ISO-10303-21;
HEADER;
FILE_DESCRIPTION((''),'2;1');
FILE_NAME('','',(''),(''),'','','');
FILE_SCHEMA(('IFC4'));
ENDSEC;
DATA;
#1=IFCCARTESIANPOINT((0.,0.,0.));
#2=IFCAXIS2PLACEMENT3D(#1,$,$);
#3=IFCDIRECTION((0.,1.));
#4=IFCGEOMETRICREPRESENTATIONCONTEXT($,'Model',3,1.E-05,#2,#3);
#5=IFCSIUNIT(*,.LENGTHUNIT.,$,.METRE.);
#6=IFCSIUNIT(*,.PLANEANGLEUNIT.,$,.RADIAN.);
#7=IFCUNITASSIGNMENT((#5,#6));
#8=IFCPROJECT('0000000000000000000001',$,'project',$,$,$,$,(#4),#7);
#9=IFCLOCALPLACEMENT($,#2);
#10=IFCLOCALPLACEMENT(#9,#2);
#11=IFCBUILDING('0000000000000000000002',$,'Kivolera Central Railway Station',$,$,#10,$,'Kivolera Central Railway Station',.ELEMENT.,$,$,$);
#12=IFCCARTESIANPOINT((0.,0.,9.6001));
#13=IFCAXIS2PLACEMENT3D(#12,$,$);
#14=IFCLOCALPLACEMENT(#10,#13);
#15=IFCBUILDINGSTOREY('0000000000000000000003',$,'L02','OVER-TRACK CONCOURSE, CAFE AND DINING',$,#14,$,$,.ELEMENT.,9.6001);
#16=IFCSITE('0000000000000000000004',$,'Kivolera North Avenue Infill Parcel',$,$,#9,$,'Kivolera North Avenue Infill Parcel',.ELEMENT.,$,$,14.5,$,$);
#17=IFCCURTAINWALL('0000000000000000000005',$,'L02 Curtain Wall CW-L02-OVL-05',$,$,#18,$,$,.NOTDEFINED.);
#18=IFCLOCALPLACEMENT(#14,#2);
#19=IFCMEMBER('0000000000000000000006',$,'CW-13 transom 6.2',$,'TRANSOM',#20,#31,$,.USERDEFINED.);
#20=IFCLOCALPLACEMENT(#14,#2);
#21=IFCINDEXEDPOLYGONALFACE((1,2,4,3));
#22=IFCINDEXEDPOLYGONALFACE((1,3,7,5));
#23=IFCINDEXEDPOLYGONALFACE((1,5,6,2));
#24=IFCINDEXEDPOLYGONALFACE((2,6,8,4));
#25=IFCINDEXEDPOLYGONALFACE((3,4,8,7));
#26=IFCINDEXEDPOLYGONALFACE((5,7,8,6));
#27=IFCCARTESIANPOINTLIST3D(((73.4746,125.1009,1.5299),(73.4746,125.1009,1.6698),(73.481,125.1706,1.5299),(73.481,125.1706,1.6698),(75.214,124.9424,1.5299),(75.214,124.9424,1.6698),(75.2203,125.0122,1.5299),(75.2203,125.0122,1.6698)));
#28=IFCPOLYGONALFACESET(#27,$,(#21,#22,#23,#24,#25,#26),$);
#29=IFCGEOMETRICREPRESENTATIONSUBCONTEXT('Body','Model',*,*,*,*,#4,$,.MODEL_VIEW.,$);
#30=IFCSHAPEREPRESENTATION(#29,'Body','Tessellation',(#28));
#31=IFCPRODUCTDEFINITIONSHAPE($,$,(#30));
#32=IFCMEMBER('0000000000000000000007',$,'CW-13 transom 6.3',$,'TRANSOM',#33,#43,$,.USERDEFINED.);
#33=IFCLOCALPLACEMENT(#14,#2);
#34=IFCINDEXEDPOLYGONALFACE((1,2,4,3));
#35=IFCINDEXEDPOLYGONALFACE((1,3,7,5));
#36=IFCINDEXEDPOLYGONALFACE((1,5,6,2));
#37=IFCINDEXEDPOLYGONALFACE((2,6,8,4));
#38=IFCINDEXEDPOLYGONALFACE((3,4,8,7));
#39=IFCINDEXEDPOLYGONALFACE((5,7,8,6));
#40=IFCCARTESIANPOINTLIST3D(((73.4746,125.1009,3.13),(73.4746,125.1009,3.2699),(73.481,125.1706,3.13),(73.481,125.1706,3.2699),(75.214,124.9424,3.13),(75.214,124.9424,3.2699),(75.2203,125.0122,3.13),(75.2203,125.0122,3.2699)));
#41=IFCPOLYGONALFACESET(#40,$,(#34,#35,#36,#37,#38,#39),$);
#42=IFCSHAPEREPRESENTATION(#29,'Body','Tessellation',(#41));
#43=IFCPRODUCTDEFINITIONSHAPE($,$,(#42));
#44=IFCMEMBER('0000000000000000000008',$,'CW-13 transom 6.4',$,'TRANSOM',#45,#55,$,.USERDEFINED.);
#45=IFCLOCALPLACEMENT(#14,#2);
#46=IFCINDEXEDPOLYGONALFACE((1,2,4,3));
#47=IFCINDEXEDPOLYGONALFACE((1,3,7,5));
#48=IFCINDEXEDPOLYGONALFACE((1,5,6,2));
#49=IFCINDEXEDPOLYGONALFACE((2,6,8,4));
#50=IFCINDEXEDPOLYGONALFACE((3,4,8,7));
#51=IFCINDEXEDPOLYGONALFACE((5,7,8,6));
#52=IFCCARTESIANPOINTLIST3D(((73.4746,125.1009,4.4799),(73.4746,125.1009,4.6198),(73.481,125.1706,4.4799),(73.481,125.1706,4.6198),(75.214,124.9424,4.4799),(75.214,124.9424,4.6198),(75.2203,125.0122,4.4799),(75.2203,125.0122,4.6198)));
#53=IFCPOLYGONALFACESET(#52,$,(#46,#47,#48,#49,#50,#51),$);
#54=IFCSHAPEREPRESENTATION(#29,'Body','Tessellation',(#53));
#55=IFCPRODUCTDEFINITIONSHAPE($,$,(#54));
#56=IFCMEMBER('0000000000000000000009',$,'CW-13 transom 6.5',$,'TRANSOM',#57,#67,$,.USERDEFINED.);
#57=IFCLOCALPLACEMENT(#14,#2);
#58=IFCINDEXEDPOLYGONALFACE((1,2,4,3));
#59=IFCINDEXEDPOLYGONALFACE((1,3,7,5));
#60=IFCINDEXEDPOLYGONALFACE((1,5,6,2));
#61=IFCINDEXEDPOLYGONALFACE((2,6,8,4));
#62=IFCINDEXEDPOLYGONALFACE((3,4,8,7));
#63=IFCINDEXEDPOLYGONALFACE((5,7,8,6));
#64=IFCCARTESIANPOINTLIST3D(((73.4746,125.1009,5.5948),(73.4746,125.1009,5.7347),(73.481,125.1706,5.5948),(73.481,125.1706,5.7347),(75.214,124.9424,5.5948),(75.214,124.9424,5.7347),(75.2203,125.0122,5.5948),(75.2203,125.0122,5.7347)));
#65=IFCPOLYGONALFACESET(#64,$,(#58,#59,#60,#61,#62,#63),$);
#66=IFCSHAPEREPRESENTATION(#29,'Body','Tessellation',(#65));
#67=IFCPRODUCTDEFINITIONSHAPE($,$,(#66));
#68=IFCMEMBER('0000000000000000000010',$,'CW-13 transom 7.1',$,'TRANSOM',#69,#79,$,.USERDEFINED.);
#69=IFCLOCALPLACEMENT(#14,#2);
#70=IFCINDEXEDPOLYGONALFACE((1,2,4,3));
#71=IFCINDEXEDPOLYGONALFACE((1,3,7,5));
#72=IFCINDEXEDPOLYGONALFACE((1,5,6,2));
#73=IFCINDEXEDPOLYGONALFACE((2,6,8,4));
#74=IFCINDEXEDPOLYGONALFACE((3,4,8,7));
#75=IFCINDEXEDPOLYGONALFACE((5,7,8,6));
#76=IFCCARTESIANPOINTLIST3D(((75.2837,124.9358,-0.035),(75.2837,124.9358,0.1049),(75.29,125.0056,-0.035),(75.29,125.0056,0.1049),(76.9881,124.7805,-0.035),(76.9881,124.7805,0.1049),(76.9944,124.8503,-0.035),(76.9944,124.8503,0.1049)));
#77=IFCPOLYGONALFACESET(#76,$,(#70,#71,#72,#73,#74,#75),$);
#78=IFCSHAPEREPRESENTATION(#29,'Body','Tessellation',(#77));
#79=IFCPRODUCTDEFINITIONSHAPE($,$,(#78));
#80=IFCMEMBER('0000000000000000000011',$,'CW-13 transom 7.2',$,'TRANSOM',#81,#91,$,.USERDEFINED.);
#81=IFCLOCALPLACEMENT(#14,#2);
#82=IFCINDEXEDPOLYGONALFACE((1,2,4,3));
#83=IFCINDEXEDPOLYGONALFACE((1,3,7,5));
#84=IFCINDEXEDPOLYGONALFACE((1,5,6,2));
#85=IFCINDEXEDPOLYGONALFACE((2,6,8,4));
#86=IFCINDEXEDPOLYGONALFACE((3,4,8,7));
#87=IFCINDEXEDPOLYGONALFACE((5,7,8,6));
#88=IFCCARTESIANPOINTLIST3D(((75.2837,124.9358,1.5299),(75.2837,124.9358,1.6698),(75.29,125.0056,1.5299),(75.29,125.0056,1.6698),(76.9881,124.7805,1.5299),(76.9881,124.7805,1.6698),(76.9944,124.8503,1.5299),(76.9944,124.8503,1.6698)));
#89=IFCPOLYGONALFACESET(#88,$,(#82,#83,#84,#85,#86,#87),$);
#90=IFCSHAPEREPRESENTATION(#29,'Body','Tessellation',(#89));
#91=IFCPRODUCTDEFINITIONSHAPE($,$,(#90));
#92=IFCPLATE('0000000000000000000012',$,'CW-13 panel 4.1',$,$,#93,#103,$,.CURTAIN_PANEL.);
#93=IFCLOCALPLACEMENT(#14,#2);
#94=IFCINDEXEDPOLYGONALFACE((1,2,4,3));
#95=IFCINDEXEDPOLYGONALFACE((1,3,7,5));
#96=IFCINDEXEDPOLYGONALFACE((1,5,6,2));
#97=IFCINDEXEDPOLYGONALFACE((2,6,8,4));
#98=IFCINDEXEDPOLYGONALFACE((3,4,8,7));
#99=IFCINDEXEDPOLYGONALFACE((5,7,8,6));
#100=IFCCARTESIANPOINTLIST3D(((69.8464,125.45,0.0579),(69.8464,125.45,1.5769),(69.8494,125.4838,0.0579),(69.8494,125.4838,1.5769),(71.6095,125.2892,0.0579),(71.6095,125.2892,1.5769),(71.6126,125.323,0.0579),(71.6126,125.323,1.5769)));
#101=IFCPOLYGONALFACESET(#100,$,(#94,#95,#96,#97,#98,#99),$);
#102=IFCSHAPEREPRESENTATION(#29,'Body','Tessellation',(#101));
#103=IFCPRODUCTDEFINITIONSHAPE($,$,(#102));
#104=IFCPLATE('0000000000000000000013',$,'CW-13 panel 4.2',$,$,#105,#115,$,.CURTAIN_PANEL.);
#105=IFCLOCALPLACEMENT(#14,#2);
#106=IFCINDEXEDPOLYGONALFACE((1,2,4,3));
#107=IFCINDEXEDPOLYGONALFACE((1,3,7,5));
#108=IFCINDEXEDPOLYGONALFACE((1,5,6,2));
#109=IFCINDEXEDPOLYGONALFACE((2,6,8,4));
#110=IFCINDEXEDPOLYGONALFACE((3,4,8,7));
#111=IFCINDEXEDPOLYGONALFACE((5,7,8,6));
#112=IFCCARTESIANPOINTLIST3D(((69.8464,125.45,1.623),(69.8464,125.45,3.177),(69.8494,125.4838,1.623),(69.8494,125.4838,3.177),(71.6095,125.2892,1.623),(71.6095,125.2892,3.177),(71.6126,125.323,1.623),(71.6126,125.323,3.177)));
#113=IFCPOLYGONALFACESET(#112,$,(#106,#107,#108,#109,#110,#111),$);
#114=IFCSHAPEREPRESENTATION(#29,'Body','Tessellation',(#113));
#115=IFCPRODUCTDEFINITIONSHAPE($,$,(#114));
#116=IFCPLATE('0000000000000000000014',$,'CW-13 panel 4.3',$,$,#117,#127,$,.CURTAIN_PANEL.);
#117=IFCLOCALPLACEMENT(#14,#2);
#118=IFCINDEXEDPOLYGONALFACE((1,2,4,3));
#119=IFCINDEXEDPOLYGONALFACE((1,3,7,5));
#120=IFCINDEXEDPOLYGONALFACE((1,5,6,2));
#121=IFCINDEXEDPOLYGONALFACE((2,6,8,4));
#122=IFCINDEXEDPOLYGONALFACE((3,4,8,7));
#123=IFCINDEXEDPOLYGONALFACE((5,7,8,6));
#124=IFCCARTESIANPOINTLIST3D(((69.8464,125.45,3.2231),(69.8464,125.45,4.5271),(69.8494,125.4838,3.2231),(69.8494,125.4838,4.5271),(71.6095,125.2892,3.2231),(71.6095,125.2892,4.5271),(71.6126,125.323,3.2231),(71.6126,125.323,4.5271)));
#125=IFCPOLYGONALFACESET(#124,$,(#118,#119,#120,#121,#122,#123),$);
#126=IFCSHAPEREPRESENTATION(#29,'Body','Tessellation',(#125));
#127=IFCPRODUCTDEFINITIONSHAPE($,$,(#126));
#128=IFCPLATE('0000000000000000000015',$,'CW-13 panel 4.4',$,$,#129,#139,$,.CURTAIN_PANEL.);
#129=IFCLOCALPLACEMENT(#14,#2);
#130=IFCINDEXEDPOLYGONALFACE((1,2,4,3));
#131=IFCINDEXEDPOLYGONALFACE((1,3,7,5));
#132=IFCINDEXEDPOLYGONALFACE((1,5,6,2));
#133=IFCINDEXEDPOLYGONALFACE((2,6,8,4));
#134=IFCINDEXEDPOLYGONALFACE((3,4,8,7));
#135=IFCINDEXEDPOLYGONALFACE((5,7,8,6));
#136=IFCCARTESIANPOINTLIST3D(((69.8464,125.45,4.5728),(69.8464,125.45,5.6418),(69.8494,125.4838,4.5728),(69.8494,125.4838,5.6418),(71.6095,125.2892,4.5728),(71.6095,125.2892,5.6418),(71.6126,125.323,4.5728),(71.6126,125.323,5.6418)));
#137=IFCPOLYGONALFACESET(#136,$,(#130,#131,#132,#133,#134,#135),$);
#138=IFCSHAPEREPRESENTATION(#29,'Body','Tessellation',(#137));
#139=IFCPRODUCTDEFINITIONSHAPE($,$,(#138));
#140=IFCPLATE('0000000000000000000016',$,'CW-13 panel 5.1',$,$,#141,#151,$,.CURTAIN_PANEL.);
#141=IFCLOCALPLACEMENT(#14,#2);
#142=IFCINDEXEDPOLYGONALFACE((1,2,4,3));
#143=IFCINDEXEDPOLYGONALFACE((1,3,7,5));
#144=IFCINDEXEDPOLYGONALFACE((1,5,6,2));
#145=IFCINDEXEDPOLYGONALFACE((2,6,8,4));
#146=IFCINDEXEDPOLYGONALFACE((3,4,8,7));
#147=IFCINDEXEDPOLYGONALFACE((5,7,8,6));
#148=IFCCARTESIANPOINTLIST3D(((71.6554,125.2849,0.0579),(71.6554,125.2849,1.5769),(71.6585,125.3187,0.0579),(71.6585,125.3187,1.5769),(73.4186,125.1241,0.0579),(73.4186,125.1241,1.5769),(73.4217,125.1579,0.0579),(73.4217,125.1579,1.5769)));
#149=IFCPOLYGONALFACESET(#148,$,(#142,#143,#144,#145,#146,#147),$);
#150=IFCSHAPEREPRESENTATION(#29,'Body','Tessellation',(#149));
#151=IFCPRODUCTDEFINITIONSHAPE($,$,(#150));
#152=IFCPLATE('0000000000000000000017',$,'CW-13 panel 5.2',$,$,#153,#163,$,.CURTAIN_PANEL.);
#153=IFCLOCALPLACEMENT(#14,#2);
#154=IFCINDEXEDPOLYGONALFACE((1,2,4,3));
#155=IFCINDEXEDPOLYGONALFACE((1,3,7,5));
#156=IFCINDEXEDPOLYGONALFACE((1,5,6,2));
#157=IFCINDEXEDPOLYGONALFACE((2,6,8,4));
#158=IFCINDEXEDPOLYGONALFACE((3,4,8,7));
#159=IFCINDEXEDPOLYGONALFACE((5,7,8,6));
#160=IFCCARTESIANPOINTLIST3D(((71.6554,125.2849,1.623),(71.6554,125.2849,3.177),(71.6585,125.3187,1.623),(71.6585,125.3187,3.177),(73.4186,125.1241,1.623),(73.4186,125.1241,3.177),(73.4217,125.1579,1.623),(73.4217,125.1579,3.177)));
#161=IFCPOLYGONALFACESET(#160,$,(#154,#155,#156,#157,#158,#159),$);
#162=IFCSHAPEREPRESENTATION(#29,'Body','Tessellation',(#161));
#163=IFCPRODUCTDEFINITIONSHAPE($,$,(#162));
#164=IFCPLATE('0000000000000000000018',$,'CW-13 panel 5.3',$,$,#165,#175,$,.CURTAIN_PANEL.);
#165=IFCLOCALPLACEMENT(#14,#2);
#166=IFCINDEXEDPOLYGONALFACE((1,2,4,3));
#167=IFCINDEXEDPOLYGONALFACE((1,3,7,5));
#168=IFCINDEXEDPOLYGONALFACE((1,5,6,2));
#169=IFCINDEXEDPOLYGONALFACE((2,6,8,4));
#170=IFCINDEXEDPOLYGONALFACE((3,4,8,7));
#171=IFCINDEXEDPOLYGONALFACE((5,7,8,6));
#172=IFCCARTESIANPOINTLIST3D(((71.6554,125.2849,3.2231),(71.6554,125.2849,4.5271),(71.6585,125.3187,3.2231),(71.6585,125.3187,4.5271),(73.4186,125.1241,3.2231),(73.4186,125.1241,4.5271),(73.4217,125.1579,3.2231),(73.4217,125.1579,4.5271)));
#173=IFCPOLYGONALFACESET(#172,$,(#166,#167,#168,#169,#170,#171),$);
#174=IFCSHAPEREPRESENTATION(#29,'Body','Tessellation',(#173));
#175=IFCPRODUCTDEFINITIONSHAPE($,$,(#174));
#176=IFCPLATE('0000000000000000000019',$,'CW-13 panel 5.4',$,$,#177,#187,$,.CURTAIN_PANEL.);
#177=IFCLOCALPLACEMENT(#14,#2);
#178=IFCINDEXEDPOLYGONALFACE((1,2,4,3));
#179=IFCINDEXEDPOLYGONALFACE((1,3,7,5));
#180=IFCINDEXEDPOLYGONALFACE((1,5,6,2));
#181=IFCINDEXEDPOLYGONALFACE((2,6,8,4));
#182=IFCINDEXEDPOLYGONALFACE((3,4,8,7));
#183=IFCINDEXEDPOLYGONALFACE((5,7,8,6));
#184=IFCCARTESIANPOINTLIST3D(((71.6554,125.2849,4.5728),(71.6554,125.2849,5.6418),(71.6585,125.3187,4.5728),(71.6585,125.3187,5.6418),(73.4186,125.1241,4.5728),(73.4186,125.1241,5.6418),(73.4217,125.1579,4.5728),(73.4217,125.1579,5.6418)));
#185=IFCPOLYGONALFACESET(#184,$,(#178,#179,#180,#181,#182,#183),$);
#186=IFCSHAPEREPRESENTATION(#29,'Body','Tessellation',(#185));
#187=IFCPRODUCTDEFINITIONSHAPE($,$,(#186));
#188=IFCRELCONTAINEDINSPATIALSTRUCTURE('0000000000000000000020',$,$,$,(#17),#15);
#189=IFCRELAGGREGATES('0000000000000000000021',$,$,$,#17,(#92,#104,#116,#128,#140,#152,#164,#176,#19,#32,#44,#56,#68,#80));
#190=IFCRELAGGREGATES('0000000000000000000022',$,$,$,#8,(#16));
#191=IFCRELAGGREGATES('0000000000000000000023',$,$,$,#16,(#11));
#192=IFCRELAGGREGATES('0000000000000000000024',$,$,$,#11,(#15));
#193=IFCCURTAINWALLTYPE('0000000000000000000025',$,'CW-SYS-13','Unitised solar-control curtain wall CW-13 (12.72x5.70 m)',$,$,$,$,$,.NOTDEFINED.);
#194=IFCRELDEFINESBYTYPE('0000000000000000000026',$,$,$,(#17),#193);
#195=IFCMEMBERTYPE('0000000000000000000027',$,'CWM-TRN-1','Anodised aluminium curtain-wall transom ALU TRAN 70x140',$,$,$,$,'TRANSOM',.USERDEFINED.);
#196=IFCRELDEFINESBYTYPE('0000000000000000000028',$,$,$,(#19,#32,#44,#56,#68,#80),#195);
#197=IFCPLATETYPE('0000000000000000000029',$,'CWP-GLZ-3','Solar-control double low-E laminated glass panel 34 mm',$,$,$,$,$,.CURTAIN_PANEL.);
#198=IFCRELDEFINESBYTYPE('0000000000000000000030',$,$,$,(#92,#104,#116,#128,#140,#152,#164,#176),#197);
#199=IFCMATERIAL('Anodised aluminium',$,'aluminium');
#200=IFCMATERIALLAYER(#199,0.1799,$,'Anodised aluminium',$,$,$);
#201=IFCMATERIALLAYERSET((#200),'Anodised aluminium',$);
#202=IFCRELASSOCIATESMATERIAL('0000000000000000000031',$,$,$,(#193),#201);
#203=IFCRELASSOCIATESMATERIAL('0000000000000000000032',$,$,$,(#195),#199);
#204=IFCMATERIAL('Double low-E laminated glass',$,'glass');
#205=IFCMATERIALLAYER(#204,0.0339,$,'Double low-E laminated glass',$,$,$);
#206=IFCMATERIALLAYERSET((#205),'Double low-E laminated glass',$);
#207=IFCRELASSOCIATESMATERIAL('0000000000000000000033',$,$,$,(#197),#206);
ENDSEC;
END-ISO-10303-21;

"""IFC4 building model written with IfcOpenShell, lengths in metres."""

from ifc_helpers import new_model, si_unit, direction, frame, origin, origin_2d, place, context, subcontext, project, spatial, rectangle, extrude, material, layer, layer_set, material_profile, profile_set, type_object, element, aggregate, save


model = new_model("IFC4")

# Units and contexts
model_context = context("Model", 3, precision=1e-05, world=origin(), true_north=direction((0.0, 1.0)))
body_context = subcontext(model_context, "Body", "Model", "MODEL_VIEW")
ifc_project = project(units=[si_unit("LENGTHUNIT", "METRE"), si_unit("PLANEANGLEUNIT", "RADIAN")], contexts=[model_context])

# Site, building, storey
site_placement = place(None, origin())
site = spatial("IfcSite", under=ifc_project, at=site_placement, Name="Kivolera North Avenue Infill Parcel", LongName="Kivolera North Avenue Infill Parcel", CompositionType="ELEMENT", RefElevation=14.5)
building_placement = place(site_placement, origin())
building = spatial("IfcBuilding", under=site, at=building_placement, Name="Kivolera Central Railway Station", LongName="Kivolera Central Railway Station", CompositionType="ELEMENT")
storey_placement = place(building_placement, frame((0.0, 0.0, 9.6001)))
storey = spatial("IfcBuildingStorey", under=building, at=storey_placement, Name="L02", Description="OVER-TRACK CONCOURSE, CAFE AND DINING", CompositionType="ELEMENT", Elevation=9.6001)

# Curtain wall, members, plates
ifc_material_1 = material(Name="Anodised aluminium", Category="aluminium")
ifc_layer_1 = layer(ifc_material_1, 0.1799, Name="Anodised aluminium")
ifc_layer_set_1 = layer_set([ifc_layer_1], Name="Anodised aluminium")
curtain_wall_type = type_object("IfcCurtainWallType", Name="CW-SYS-13", Description="Unitised solar-control curtain wall CW-13 (12.72x5.70 m)", PredefinedType="NOTDEFINED", material=ifc_layer_set_1)
curtain_wall_placement = place(storey_placement, origin())
curtain_wall = element("IfcCurtainWall", 1, at=curtain_wall_placement, inside=storey, type_object=curtain_wall_type, Name="L02 Curtain Wall CW-L02-OVL-05", PredefinedType="NOTDEFINED")
ifc_material_profile_1 = material_profile(ifc_material_1, rectangle(XDim=0.0701, YDim=0.1399, at=origin_2d()), Name="ALU TRAN 70x140")
ifc_profile_set_1 = profile_set([ifc_material_profile_1], Name="Anodised aluminium")
member_type_1 = type_object("IfcMemberType", Name="CWM-TRN-1", Description="Anodised aluminium curtain-wall transom ALU TRAN 70x140", ElementType="TRANSOM", PredefinedType="USERDEFINED", material=ifc_profile_set_1)
member_1_placement = place(storey_placement, frame((73.4778, 125.1357, 1.5999), z_axis=(0.995876, -0.090725, 0.0), x_axis=(0.090725, 0.995876, 0.0)))
member_1 = element("IfcMember", 2, at=member_1_placement, type_object=member_type_1, Name="CW-13 transom 6.2", ObjectType="TRANSOM", PredefinedType="USERDEFINED", context=body_context, shape_type="SweptSolid", body=[
    extrude(rectangle(XDim=0.0701, YDim=0.1399, at=origin_2d()), origin(), (0.0, 0.0, 1.0), 1.7466),
])
member_2_placement = place(storey_placement, frame((73.4778, 125.1357, 3.2), z_axis=(0.995876, -0.090725, 0.0), x_axis=(0.090725, 0.995876, 0.0)))
member_2 = element("IfcMember", 3, at=member_2_placement, type_object=member_type_1, Name="CW-13 transom 6.3", ObjectType="TRANSOM", PredefinedType="USERDEFINED", context=body_context, shape_type="SweptSolid", body=[
    extrude(rectangle(XDim=0.0701, YDim=0.1399, at=origin_2d()), origin(), (0.0, 0.0, 1.0), 1.7466),
])
member_3_placement = place(storey_placement, frame((73.4778, 125.1357, 4.5498), z_axis=(0.995876, -0.090725, 0.0), x_axis=(0.090725, 0.995876, 0.0)))
member_3 = element("IfcMember", 4, at=member_3_placement, type_object=member_type_1, Name="CW-13 transom 6.4", ObjectType="TRANSOM", PredefinedType="USERDEFINED", context=body_context, shape_type="SweptSolid", body=[
    extrude(rectangle(XDim=0.0701, YDim=0.1399, at=origin_2d()), origin(), (0.0, 0.0, 1.0), 1.7466),
])
member_4_placement = place(storey_placement, frame((73.4778, 125.1357, 5.6648), z_axis=(0.995876, -0.090725, 0.0), x_axis=(0.090725, 0.995876, 0.0)))
member_4 = element("IfcMember", 5, at=member_4_placement, type_object=member_type_1, Name="CW-13 transom 6.5", ObjectType="TRANSOM", PredefinedType="USERDEFINED", context=body_context, shape_type="SweptSolid", body=[
    extrude(rectangle(XDim=0.0701, YDim=0.1399, at=origin_2d()), origin(), (0.0, 0.0, 1.0), 1.7466),
])
member_5_placement = place(storey_placement, frame((75.2869, 124.9707, 0.0349), z_axis=(0.995876, -0.090729, 0.0), x_axis=(0.090729, 0.995876, 0.0)))
member_5 = element("IfcMember", 6, at=member_5_placement, type_object=member_type_1, Name="CW-13 transom 7.1", ObjectType="TRANSOM", PredefinedType="USERDEFINED", context=body_context, shape_type="SweptSolid", body=[
    extrude(rectangle(XDim=0.0701, YDim=0.1399, at=origin_2d()), origin(), (0.0, 0.0, 1.0), 1.7114),
])
member_6_placement = place(storey_placement, frame((75.2869, 124.9707, 1.5999), z_axis=(0.995876, -0.090729, 0.0), x_axis=(0.090729, 0.995876, 0.0)))
member_6 = element("IfcMember", 7, at=member_6_placement, type_object=member_type_1, Name="CW-13 transom 7.2", ObjectType="TRANSOM", PredefinedType="USERDEFINED", context=body_context, shape_type="SweptSolid", body=[
    extrude(rectangle(XDim=0.0701, YDim=0.1399, at=origin_2d()), origin(), (0.0, 0.0, 1.0), 1.7114),
])
ifc_material_2 = material(Name="Double low-E laminated glass", Category="glass")
ifc_layer_2 = layer(ifc_material_2, 0.0339, Name="Double low-E laminated glass")
ifc_layer_set_2 = layer_set([ifc_layer_2], Name="Double low-E laminated glass")
plate_type = type_object("IfcPlateType", Name="CWP-GLZ-3", Description="Solar-control double low-E laminated glass panel 34 mm", PredefinedType="CURTAIN_PANEL", material=ifc_layer_set_2)
plate_1_placement = place(storey_placement, frame((70.7295, 125.3865, 0.0579), z_axis=(0.0, 0.0, 1.0), x_axis=(0.995866, -0.090834, 0.0)))
plate_1 = element("IfcPlate", 8, at=plate_1_placement, type_object=plate_type, Name="CW-13 panel 4.1", PredefinedType="CURTAIN_PANEL", context=body_context, shape_type="SweptSolid", body=[
    extrude(rectangle(XDim=1.7705, YDim=0.0339, at=origin_2d()), origin(), (0.0, 0.0, 1.0), 1.519),
])
plate_2_placement = place(storey_placement, frame((70.7295, 125.3865, 1.623), z_axis=(0.0, 0.0, 1.0), x_axis=(0.995866, -0.090834, 0.0)))
plate_2 = element("IfcPlate", 9, at=plate_2_placement, type_object=plate_type, Name="CW-13 panel 4.2", PredefinedType="CURTAIN_PANEL", context=body_context, shape_type="SweptSolid", body=[
    extrude(rectangle(XDim=1.7705, YDim=0.0339, at=origin_2d()), origin(), (0.0, 0.0, 1.0), 1.554),
])
plate_3_placement = place(storey_placement, frame((70.7295, 125.3865, 3.2231), z_axis=(0.0, 0.0, 1.0), x_axis=(0.995866, -0.090834, 0.0)))
plate_3 = element("IfcPlate", 10, at=plate_3_placement, type_object=plate_type, Name="CW-13 panel 4.3", PredefinedType="CURTAIN_PANEL", context=body_context, shape_type="SweptSolid", body=[
    extrude(rectangle(XDim=1.7705, YDim=0.0339, at=origin_2d()), origin(), (0.0, 0.0, 1.0), 1.304),
])
plate_4_placement = place(storey_placement, frame((70.7295, 125.3865, 4.5728), z_axis=(0.0, 0.0, 1.0), x_axis=(0.995866, -0.090834, 0.0)))
plate_4 = element("IfcPlate", 11, at=plate_4_placement, type_object=plate_type, Name="CW-13 panel 4.4", PredefinedType="CURTAIN_PANEL", context=body_context, shape_type="SweptSolid", body=[
    extrude(rectangle(XDim=1.7705, YDim=0.0339, at=origin_2d()), origin(), (0.0, 0.0, 1.0), 1.0691),
])
plate_5_placement = place(storey_placement, frame((72.5386, 125.2214, 0.0579), z_axis=(0.0, 0.0, 1.0), x_axis=(0.995866, -0.090834, 0.0)))
plate_5 = element("IfcPlate", 12, at=plate_5_placement, type_object=plate_type, Name="CW-13 panel 5.1", PredefinedType="CURTAIN_PANEL", context=body_context, shape_type="SweptSolid", body=[
    extrude(rectangle(XDim=1.7705, YDim=0.0339, at=origin_2d()), origin(), (0.0, 0.0, 1.0), 1.519),
])
plate_6_placement = place(storey_placement, frame((72.5386, 125.2214, 1.623), z_axis=(0.0, 0.0, 1.0), x_axis=(0.995866, -0.090834, 0.0)))
plate_6 = element("IfcPlate", 13, at=plate_6_placement, type_object=plate_type, Name="CW-13 panel 5.2", PredefinedType="CURTAIN_PANEL", context=body_context, shape_type="SweptSolid", body=[
    extrude(rectangle(XDim=1.7705, YDim=0.0339, at=origin_2d()), origin(), (0.0, 0.0, 1.0), 1.554),
])
plate_7_placement = place(storey_placement, frame((72.5386, 125.2214, 3.2231), z_axis=(0.0, 0.0, 1.0), x_axis=(0.995866, -0.090834, 0.0)))
plate_7 = element("IfcPlate", 14, at=plate_7_placement, type_object=plate_type, Name="CW-13 panel 5.3", PredefinedType="CURTAIN_PANEL", context=body_context, shape_type="SweptSolid", body=[
    extrude(rectangle(XDim=1.7705, YDim=0.0339, at=origin_2d()), origin(), (0.0, 0.0, 1.0), 1.304),
])
plate_8_placement = place(storey_placement, frame((72.5386, 125.2214, 4.5728), z_axis=(0.0, 0.0, 1.0), x_axis=(0.995866, -0.090834, 0.0)))
plate_8 = element("IfcPlate", 15, at=plate_8_placement, type_object=plate_type, Name="CW-13 panel 5.4", PredefinedType="CURTAIN_PANEL", context=body_context, shape_type="SweptSolid", body=[
    extrude(rectangle(XDim=1.7705, YDim=0.0339, at=origin_2d()), origin(), (0.0, 0.0, 1.0), 1.0691),
])
aggregate(curtain_wall, [plate_1, plate_2, plate_3, plate_4, plate_5, plate_6, plate_7, plate_8, member_1, member_2, member_3, member_4, member_5, member_6])

save(model, "model.ifc")
